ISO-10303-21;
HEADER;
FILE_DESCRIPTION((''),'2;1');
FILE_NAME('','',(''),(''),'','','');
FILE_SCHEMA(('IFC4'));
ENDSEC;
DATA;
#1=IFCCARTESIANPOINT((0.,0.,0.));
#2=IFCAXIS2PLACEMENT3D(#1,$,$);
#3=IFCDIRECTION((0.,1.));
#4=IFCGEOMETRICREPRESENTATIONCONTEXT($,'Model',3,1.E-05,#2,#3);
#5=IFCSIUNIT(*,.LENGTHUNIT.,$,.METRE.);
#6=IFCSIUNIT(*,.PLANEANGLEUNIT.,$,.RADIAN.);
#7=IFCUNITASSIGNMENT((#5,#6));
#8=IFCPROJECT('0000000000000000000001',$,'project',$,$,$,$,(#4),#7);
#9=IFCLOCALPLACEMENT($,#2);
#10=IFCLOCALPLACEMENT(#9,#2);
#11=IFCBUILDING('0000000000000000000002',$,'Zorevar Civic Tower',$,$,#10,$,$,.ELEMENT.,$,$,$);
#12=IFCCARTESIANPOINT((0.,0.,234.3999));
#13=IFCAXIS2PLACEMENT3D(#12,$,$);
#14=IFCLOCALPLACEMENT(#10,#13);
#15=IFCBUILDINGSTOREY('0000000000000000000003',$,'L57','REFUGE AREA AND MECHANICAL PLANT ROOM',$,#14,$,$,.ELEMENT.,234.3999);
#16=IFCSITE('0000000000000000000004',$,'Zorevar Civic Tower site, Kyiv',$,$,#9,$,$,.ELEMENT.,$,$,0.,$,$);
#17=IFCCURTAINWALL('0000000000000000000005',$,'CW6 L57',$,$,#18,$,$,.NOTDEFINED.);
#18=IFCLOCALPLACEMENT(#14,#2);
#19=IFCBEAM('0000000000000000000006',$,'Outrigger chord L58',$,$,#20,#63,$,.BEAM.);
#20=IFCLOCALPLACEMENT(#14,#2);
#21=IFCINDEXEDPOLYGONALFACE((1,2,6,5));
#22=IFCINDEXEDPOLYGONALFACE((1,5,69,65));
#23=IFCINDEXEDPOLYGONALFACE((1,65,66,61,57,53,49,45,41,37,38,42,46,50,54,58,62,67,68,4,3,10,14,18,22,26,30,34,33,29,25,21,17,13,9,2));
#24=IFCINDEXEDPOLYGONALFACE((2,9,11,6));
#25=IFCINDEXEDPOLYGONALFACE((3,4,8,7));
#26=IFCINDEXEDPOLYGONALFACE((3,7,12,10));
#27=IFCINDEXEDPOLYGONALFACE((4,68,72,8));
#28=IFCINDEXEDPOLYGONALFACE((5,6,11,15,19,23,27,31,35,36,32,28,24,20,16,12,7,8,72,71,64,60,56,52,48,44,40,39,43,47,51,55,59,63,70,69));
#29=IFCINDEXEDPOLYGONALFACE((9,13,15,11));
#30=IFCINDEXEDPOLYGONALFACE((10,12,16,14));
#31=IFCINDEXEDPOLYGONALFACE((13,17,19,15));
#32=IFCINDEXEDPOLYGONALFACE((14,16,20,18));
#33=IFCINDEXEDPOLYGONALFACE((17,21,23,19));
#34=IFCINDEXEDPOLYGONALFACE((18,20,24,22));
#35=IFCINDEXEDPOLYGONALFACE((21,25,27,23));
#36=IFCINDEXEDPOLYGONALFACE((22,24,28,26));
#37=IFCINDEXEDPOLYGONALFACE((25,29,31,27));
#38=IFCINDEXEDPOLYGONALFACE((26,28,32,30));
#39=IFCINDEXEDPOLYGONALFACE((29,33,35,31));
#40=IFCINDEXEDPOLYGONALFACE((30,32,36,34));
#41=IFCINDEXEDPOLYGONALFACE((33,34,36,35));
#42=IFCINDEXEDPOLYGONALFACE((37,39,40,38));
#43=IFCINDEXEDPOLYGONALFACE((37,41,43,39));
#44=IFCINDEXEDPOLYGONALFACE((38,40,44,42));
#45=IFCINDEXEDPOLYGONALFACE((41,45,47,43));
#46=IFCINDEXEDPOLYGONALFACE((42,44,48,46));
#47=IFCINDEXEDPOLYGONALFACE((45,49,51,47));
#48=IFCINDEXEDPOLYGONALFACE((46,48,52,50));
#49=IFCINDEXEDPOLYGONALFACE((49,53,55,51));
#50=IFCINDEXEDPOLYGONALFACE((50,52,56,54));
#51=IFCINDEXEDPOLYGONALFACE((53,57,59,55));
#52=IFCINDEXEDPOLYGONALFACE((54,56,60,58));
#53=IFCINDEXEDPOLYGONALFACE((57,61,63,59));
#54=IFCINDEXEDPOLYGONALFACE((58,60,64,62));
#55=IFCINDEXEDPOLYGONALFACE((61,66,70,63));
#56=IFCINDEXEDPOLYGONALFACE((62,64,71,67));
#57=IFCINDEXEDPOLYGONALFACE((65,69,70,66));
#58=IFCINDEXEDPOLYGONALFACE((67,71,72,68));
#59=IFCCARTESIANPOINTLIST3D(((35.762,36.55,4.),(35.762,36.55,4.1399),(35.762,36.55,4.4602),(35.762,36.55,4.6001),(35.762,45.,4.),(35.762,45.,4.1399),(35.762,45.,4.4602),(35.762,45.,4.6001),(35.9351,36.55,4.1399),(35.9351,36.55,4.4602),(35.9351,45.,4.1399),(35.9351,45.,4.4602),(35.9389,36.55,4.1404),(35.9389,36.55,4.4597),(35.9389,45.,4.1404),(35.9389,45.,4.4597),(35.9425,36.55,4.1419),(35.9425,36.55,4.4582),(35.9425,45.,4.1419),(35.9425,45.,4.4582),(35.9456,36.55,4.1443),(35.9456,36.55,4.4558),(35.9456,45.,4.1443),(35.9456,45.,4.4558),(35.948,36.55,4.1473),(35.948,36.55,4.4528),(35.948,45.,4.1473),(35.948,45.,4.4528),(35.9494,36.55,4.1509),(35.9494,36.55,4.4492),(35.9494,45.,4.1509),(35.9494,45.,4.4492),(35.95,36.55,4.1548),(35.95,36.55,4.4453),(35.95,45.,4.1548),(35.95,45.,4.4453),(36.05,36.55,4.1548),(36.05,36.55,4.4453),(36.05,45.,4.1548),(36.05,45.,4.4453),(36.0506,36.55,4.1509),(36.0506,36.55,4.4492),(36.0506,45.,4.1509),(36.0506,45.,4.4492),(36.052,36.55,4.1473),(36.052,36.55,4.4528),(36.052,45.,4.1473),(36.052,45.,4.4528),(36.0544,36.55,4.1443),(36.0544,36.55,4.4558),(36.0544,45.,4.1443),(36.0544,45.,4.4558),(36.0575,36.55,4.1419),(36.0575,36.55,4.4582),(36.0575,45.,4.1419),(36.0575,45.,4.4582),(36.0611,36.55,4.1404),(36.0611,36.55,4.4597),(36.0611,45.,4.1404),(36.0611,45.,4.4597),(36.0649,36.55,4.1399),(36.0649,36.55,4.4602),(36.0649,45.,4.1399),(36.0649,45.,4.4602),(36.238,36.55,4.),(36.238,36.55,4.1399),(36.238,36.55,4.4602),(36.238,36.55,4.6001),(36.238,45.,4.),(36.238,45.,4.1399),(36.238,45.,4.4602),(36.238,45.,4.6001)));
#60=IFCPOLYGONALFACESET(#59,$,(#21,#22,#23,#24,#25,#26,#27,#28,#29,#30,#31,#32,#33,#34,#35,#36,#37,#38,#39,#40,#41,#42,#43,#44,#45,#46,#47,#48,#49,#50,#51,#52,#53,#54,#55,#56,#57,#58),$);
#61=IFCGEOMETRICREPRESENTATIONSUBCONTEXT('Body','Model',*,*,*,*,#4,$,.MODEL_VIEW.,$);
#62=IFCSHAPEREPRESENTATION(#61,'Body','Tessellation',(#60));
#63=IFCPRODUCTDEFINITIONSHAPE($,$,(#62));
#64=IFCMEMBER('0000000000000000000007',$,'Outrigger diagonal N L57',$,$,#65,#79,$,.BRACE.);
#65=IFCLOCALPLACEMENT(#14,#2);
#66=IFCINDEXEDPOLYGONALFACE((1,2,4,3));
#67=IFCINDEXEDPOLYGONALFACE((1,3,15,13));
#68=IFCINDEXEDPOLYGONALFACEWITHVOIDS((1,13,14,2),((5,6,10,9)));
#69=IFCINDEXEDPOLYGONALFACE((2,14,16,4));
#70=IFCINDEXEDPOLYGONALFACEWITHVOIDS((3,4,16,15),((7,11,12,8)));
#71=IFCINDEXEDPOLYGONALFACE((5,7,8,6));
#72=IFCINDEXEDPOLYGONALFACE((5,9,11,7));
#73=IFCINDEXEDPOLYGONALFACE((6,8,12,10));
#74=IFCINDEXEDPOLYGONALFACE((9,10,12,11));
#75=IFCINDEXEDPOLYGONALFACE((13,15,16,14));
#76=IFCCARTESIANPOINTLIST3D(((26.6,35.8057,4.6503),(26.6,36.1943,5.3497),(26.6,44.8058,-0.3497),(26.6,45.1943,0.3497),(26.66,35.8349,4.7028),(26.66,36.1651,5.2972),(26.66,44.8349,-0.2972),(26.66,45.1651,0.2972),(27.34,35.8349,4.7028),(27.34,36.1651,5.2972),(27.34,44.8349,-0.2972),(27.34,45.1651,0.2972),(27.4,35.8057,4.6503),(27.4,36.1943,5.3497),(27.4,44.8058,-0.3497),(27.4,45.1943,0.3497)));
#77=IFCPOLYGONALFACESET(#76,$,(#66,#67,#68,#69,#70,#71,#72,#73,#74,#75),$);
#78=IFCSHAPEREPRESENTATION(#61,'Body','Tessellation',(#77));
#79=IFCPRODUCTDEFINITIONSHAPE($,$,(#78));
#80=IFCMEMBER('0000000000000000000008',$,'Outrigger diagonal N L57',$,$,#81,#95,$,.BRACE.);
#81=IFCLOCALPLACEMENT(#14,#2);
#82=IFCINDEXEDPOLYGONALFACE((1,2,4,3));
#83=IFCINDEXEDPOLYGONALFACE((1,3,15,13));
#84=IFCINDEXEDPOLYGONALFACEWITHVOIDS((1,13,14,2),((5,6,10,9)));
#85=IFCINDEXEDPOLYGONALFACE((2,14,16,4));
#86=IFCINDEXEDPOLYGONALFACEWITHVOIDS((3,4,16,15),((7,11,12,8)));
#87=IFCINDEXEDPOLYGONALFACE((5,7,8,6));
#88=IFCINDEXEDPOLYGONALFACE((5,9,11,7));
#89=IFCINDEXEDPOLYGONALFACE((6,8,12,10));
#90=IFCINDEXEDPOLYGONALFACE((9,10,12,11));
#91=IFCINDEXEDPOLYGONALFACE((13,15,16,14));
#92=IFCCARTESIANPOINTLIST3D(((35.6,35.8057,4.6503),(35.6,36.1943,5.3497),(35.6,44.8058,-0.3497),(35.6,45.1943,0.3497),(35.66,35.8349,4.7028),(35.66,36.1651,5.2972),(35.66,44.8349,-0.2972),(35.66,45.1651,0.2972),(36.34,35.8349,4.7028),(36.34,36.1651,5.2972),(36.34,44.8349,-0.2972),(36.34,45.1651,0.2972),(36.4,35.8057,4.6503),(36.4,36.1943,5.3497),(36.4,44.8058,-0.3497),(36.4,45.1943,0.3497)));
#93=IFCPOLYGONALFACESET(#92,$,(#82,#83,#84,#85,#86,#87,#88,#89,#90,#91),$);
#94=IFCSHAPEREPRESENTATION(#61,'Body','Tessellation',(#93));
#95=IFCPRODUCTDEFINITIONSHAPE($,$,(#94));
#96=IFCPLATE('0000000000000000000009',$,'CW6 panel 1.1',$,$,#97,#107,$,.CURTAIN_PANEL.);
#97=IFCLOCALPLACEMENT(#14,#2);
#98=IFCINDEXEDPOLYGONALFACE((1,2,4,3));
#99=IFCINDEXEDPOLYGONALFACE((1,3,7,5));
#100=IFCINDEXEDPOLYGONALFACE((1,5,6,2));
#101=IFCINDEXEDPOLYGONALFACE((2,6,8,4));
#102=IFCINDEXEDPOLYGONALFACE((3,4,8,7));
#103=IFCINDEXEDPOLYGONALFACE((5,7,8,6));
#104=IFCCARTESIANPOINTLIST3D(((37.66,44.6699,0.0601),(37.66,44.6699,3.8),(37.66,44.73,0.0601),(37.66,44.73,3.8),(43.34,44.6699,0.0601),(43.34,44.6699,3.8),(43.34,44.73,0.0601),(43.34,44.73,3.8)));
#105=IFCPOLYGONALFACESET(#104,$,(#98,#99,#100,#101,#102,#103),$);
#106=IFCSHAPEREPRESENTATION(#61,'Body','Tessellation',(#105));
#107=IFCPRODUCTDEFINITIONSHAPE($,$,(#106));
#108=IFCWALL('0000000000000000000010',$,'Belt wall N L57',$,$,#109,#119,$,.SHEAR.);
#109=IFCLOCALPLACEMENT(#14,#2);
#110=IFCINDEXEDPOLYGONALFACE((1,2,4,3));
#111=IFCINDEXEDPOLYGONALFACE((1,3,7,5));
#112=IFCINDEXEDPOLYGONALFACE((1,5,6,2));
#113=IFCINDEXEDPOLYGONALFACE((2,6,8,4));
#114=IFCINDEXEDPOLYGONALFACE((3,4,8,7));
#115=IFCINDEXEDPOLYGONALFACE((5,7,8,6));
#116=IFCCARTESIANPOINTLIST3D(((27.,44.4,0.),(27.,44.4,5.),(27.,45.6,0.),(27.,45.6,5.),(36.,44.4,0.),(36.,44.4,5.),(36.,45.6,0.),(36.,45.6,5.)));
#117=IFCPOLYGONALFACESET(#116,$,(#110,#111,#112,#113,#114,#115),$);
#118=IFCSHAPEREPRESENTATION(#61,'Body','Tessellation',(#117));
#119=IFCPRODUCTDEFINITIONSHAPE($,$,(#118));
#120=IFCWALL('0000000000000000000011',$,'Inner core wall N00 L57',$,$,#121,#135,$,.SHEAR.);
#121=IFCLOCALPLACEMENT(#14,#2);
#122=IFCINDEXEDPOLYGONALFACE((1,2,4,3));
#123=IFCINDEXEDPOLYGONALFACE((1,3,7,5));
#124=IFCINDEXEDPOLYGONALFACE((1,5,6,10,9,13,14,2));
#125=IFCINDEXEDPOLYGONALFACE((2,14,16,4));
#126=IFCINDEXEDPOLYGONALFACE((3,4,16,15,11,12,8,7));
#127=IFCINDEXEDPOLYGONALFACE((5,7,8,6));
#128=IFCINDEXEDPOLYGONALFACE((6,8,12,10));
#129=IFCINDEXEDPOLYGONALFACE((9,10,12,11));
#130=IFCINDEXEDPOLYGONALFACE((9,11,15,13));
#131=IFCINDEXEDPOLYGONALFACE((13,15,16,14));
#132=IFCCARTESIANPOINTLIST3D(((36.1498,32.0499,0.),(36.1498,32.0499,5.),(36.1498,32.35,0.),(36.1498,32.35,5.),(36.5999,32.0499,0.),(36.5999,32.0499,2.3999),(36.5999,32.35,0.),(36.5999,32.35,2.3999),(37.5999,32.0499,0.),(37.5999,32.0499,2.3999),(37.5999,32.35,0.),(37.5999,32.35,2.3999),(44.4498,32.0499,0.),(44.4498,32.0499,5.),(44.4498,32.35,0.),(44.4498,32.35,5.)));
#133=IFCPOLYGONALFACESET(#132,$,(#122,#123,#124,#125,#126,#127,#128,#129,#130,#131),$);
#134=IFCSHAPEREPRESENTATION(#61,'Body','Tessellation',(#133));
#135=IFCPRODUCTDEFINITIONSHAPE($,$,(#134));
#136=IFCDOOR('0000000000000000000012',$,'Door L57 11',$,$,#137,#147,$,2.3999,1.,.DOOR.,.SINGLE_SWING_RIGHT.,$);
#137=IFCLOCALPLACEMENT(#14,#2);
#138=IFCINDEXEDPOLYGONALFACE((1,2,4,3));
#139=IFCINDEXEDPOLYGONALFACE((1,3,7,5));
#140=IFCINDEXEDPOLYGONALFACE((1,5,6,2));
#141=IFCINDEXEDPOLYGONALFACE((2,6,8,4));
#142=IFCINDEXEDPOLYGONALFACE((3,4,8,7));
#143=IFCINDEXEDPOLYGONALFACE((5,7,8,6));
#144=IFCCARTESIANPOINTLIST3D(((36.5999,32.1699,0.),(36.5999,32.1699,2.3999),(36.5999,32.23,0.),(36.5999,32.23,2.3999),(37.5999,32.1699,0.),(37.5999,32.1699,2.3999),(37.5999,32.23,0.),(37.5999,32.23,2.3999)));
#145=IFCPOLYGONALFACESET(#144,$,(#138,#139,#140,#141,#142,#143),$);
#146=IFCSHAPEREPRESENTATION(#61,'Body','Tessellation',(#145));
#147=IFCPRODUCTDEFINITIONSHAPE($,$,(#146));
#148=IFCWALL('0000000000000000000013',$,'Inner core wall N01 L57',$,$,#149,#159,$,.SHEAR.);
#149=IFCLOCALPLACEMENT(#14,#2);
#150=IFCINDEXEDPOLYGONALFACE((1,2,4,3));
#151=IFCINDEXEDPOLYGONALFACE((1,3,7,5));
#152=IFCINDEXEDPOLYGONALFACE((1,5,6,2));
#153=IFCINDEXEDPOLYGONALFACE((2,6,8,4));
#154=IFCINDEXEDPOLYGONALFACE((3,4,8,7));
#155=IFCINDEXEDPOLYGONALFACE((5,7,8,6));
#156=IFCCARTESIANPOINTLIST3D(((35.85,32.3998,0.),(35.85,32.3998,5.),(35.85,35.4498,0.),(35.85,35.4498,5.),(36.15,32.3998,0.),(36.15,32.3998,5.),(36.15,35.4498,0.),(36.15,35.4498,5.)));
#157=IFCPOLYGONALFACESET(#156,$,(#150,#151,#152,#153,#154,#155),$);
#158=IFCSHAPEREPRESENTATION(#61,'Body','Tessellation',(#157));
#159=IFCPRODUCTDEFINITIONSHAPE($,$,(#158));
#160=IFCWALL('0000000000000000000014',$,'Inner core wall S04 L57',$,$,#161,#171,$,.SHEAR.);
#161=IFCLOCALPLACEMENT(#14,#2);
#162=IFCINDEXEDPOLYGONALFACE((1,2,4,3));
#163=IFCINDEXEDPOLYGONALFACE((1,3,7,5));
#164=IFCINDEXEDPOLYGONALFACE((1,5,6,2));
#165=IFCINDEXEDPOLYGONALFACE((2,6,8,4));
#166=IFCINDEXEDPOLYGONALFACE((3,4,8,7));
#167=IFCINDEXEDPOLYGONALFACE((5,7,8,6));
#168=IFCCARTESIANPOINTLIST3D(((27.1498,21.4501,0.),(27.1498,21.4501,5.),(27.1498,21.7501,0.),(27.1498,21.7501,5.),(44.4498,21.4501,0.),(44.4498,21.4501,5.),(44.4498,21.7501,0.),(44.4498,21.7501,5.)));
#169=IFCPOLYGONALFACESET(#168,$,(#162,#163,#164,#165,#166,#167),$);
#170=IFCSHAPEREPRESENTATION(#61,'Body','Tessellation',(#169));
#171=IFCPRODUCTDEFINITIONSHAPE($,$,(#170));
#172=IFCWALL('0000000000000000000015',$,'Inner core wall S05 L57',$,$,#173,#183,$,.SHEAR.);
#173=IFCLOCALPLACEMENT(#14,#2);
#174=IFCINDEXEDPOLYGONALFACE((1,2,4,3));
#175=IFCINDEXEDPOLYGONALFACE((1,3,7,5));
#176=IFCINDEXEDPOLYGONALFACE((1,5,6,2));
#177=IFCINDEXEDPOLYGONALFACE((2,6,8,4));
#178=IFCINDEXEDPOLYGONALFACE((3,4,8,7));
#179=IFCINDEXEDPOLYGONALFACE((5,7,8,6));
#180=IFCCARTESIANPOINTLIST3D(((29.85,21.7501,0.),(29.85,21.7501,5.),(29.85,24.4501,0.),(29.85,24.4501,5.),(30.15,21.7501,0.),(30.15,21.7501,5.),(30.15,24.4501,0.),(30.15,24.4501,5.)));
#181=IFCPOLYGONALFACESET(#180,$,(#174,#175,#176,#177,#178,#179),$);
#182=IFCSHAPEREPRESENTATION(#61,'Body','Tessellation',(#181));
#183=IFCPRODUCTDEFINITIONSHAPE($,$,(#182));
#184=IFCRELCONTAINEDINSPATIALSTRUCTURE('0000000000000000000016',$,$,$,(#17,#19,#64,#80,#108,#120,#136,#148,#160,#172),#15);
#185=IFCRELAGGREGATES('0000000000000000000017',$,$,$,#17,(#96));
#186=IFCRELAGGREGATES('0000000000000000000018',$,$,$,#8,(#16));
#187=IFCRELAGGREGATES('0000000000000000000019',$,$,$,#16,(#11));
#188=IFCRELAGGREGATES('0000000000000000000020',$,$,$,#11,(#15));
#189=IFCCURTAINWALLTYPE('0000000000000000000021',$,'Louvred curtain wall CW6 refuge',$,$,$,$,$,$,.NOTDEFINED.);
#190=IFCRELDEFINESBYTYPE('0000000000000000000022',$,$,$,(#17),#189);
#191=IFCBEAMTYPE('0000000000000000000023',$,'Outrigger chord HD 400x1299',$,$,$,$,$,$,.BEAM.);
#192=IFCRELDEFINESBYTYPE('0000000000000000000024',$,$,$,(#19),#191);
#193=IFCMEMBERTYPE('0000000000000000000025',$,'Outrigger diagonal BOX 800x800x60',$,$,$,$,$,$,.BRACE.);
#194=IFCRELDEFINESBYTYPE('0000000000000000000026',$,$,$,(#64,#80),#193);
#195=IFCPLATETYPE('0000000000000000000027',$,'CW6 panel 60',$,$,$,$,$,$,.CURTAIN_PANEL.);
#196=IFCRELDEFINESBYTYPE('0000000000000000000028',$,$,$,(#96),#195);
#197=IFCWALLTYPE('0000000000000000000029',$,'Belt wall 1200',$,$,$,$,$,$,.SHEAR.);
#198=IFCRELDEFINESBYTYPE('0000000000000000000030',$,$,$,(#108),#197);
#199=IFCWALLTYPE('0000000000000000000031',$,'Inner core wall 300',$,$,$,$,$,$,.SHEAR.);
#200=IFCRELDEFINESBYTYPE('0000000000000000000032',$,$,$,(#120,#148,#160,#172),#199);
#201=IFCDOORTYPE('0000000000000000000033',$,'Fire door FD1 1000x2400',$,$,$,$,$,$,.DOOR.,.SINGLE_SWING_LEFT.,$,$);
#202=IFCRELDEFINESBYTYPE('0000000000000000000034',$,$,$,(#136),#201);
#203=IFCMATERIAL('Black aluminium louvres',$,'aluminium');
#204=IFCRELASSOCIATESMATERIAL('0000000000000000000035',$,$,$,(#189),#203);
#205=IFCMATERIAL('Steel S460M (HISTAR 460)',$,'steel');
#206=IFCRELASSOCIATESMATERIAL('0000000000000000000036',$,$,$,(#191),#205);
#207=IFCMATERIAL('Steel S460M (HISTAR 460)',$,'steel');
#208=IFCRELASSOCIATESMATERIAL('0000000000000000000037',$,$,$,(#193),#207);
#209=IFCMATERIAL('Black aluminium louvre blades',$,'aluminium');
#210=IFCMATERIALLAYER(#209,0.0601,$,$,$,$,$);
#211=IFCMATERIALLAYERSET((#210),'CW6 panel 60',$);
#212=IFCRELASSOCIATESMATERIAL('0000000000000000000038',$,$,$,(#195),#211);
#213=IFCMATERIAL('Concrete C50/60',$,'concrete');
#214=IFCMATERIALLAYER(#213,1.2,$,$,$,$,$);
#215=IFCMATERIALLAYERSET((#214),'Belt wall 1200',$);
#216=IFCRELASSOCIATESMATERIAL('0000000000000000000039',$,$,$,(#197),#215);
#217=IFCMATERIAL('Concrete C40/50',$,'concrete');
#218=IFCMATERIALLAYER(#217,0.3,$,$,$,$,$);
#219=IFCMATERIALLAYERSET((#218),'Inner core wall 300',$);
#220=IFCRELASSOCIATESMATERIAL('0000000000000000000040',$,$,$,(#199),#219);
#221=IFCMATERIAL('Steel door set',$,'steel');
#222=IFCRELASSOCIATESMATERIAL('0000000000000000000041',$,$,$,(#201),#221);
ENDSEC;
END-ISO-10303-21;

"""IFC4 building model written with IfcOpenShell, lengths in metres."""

from ifc_helpers import new_model, si_unit, direction, frame, frame_2d, origin, origin_2d, place, context, subcontext, project, spatial, rectangle, hollow_rectangle, i_section, extrude, material, layer, layer_set, material_profile, profile_set, type_object, element, fill, aggregate, save


model = new_model("IFC4")

# Units and contexts
model_context = context("Model", 3, precision=1e-05, world=origin(), true_north=direction((0.0, 1.0)))
body_context = subcontext(model_context, "Body", "Model", "MODEL_VIEW")
ifc_project = project(units=[si_unit("LENGTHUNIT", "METRE"), si_unit("PLANEANGLEUNIT", "RADIAN")], contexts=[model_context])

# Site, building, storey
site_placement = place(None, origin())
site = spatial("IfcSite", under=ifc_project, at=site_placement, Name="Zorevar Civic Tower site, Kyiv", CompositionType="ELEMENT", RefElevation=0.0)
building_placement = place(site_placement, origin())
building = spatial("IfcBuilding", under=site, at=building_placement, Name="Zorevar Civic Tower", CompositionType="ELEMENT")
storey_placement = place(building_placement, frame((0.0, 0.0, 234.3999)))
storey = spatial("IfcBuildingStorey", under=building, at=storey_placement, Name="L57", Description="REFUGE AREA AND MECHANICAL PLANT ROOM", CompositionType="ELEMENT", Elevation=234.3999)

# Curtain wall
ifc_material_1 = material(Name="Black aluminium louvres", Category="aluminium")
curtain_wall_type = type_object("IfcCurtainWallType", Name="Louvred curtain wall CW6 refuge", PredefinedType="NOTDEFINED", material=ifc_material_1)
curtain_wall_placement = place(storey_placement, origin())
curtain_wall = element("IfcCurtainWall", 1, at=curtain_wall_placement, inside=storey, type_object=curtain_wall_type, Name="CW6 L57", PredefinedType="NOTDEFINED")

# Beam
ifc_material_2 = material(Name="Steel S460M (HISTAR 460)", Category="steel")
ifc_material_profile_1 = material_profile(ifc_material_2, i_section(OverallWidth=0.4761, OverallDepth=0.6001, WebThickness=0.1001, FlangeThickness=0.1399, FilletRadius=0.0149, at=origin_2d()), Name="HD 400x1299")
ifc_profile_set_1 = profile_set([ifc_material_profile_1], Name="Steel S460M (HISTAR 460)")
beam_type_1 = type_object("IfcBeamType", Name="Outrigger chord HD 400x1299", PredefinedType="BEAM", material=ifc_profile_set_1)
for number, where, z_axis, x_axis, name in (
    (2, (36.0, 36.55, 4.3), (0.0, 1.0, 0.0), (-1.0, 0.0, 0.0), "Outrigger chord L58"),
):
    element("IfcBeam", number, at=place(storey_placement, frame(where, z_axis=z_axis, x_axis=x_axis)), inside=storey, type_object=beam_type_1, Name=name, PredefinedType="BEAM", context=body_context, shape_type="SweptSolid", body=[
        extrude(i_section(OverallWidth=0.4761, OverallDepth=0.6001, WebThickness=0.1001, FlangeThickness=0.1399, FilletRadius=0.0149, at=origin_2d()), origin(), (0.0, 0.0, 1.0), 8.45),
    ])

# Members
ifc_material_3 = material(Name="Steel S460M (HISTAR 460)", Category="steel")
ifc_material_profile_2 = material_profile(ifc_material_3, hollow_rectangle(XDim=0.8, YDim=0.8, WallThickness=0.0601, at=origin_2d()), Name="BOX 800x800x60")
ifc_profile_set_2 = profile_set([ifc_material_profile_2], Name="Steel S460M (HISTAR 460)")
member_type_1 = type_object("IfcMemberType", Name="Outrigger diagonal BOX 800x800x60", PredefinedType="BRACE", material=ifc_profile_set_2)
for number, where, z_axis, x_axis, name in (
    (3, (27.0, 36.0, 5.0), (0.0, 0.874157, -0.485643), (-1.0, 0.0, 0.0), "Outrigger diagonal N L57"),
    (4, (36.0, 36.0, 5.0), (0.0, 0.874157, -0.485643), (-1.0, 0.0, 0.0), "Outrigger diagonal N L57"),
):
    element("IfcMember", number, at=place(storey_placement, frame(where, z_axis=z_axis, x_axis=x_axis)), inside=storey, type_object=member_type_1, Name=name, PredefinedType="BRACE", context=body_context, shape_type="SweptSolid", body=[
        extrude(hollow_rectangle(XDim=0.8, YDim=0.8, WallThickness=0.0601, at=origin_2d()), origin(), (0.0, 0.0, 1.0), 10.2957),
    ])

# Plate
ifc_material_4 = material(Name="Black aluminium louvre blades", Category="aluminium")
ifc_layer_1 = layer(ifc_material_4, 0.0601)
ifc_layer_set_1 = layer_set([ifc_layer_1], Name="CW6 panel 60")
plate_type = type_object("IfcPlateType", Name="CW6 panel 60", PredefinedType="CURTAIN_PANEL", material=ifc_layer_set_1)
plate_placement = place(storey_placement, frame((40.5, 44.7, 0.0601), z_axis=(0.0, 0.0, 1.0), x_axis=(1.0, 0.0, 0.0)))
plate = element("IfcPlate", 5, at=plate_placement, type_object=plate_type, Name="CW6 panel 1.1", PredefinedType="CURTAIN_PANEL", context=body_context, shape_type="SweptSolid", body=[
    extrude(rectangle(XDim=5.6799, YDim=0.0601, at=origin_2d()), origin(), (0.0, 0.0, 1.0), 3.74),
])
aggregate(curtain_wall, [plate])

# Wall
ifc_material_5 = material(Name="Concrete C50/60", Category="concrete")
ifc_layer_2 = layer(ifc_material_5, 1.2)
ifc_layer_set_2 = layer_set([ifc_layer_2], Name="Belt wall 1200")
wall_type_1 = type_object("IfcWallType", Name="Belt wall 1200", PredefinedType="SHEAR", material=ifc_layer_set_2)
wall_1_placement = place(storey_placement, frame((27.0, 45.0, 0.0), z_axis=(0.0, 0.0, 1.0), x_axis=(1.0, 0.0, 0.0)))
element("IfcWall", 6, at=wall_1_placement, inside=storey, type_object=wall_type_1, Name="Belt wall N L57", PredefinedType="SHEAR", context=body_context, shape_type="SweptSolid", body=[
    extrude(rectangle(XDim=9.0, YDim=1.2, at=frame_2d((4.5, 0.0))), origin(), (0.0, 0.0, 1.0), 5.0),
])

# Wall, opening, door
ifc_material_6 = material(Name="Concrete C40/50", Category="concrete")
ifc_layer_3 = layer(ifc_material_6, 0.3)
ifc_layer_set_3 = layer_set([ifc_layer_3], Name="Inner core wall 300")
wall_type_2 = type_object("IfcWallType", Name="Inner core wall 300", PredefinedType="SHEAR", material=ifc_layer_set_3)
wall_2_placement = place(storey_placement, frame((36.1499, 32.2, 0.0), z_axis=(0.0, 0.0, 1.0), x_axis=(1.0, 0.0, 0.0)))
wall_2 = element("IfcWall", 7, at=wall_2_placement, inside=storey, type_object=wall_type_2, Name="Inner core wall N00 L57", PredefinedType="SHEAR", context=body_context, shape_type="SweptSolid", body=[
    extrude(rectangle(XDim=8.3, YDim=0.3, at=frame_2d((4.1499, 0.0))), origin(), (0.0, 0.0, 1.0), 5.0),
])
opening_1_placement = place(wall_2_placement, frame((0.45, 0.0, 0.0)))
opening_1 = element("IfcOpeningElement", 8, at=opening_1_placement, cuts=wall_2, PredefinedType="OPENING", context=body_context, shape_type="SweptSolid", body=[
    extrude(rectangle(XDim=1.0, YDim=2.3999, at=frame_2d((0.5, 1.2))), frame((0.0, 0.1599, 0.0), z_axis=(0.0, -1.0, 0.0), x_axis=(1.0, 0.0, 0.0)), (0.0, 0.0, 1.0), 0.3201),
])
ifc_material_7 = material(Name="Steel door set", Category="steel")
door_type_1 = type_object("IfcDoorType", Name="Fire door FD1 1000x2400", OperationType="SINGLE_SWING_LEFT", PredefinedType="DOOR", material=ifc_material_7)
door_1_placement = place(opening_1_placement, origin())
door_1 = element("IfcDoor", 9, at=door_1_placement, inside=storey, type_object=door_type_1, Name="Door L57 11", OperationType="SINGLE_SWING_RIGHT", OverallHeight=2.3999, OverallWidth=1.0, PredefinedType="DOOR", context=body_context, shape_type="SweptSolid", body=[
    extrude(rectangle(XDim=1.0, YDim=2.3999, at=frame_2d((0.5, 1.2))), frame((0.0, 0.03, 0.0), z_axis=(0.0, -1.0, 0.0), x_axis=(1.0, 0.0, 0.0)), (0.0, 0.0, 1.0), 0.0601),
])
fill(opening_1, door_1)

# Wall
wall_3_placement = place(storey_placement, frame((36.0, 32.3999, 0.0), z_axis=(0.0, 0.0, 1.0), x_axis=(0.0, 1.0, 0.0)))
element("IfcWall", 10, at=wall_3_placement, inside=storey, type_object=wall_type_2, Name="Inner core wall N01 L57", PredefinedType="SHEAR", context=body_context, shape_type="SweptSolid", body=[
    extrude(rectangle(XDim=3.05, YDim=0.3, at=frame_2d((1.5249, 0.0))), origin(), (0.0, 0.0, 1.0), 5.0),
])

# Walls
wall_4_placement = place(storey_placement, frame((27.1499, 21.6001, 0.0), z_axis=(0.0, 0.0, 1.0), x_axis=(1.0, 0.0, 0.0)))
element("IfcWall", 11, at=wall_4_placement, inside=storey, type_object=wall_type_2, Name="Inner core wall S04 L57", PredefinedType="SHEAR", context=body_context, shape_type="SweptSolid", body=[
    extrude(rectangle(XDim=17.3, YDim=0.3, at=frame_2d((8.6499, 0.0))), origin(), (0.0, 0.0, 1.0), 5.0),
])
for number, where, z_axis, x_axis, name in (
    (12, (30.0, 21.75, 0.0), (0.0, 0.0, 1.0), (0.0, 1.0, 0.0), "Inner core wall S05 L57"),
):
    element("IfcWall", number, at=place(storey_placement, frame(where, z_axis=z_axis, x_axis=x_axis)), inside=storey, type_object=wall_type_2, Name=name, PredefinedType="SHEAR", context=body_context, shape_type="SweptSolid", body=[
        extrude(rectangle(XDim=2.7, YDim=0.3, at=frame_2d((1.3501, 0.0))), origin(), (0.0, 0.0, 1.0), 5.0),
    ])

save(model, "model.ifc")
